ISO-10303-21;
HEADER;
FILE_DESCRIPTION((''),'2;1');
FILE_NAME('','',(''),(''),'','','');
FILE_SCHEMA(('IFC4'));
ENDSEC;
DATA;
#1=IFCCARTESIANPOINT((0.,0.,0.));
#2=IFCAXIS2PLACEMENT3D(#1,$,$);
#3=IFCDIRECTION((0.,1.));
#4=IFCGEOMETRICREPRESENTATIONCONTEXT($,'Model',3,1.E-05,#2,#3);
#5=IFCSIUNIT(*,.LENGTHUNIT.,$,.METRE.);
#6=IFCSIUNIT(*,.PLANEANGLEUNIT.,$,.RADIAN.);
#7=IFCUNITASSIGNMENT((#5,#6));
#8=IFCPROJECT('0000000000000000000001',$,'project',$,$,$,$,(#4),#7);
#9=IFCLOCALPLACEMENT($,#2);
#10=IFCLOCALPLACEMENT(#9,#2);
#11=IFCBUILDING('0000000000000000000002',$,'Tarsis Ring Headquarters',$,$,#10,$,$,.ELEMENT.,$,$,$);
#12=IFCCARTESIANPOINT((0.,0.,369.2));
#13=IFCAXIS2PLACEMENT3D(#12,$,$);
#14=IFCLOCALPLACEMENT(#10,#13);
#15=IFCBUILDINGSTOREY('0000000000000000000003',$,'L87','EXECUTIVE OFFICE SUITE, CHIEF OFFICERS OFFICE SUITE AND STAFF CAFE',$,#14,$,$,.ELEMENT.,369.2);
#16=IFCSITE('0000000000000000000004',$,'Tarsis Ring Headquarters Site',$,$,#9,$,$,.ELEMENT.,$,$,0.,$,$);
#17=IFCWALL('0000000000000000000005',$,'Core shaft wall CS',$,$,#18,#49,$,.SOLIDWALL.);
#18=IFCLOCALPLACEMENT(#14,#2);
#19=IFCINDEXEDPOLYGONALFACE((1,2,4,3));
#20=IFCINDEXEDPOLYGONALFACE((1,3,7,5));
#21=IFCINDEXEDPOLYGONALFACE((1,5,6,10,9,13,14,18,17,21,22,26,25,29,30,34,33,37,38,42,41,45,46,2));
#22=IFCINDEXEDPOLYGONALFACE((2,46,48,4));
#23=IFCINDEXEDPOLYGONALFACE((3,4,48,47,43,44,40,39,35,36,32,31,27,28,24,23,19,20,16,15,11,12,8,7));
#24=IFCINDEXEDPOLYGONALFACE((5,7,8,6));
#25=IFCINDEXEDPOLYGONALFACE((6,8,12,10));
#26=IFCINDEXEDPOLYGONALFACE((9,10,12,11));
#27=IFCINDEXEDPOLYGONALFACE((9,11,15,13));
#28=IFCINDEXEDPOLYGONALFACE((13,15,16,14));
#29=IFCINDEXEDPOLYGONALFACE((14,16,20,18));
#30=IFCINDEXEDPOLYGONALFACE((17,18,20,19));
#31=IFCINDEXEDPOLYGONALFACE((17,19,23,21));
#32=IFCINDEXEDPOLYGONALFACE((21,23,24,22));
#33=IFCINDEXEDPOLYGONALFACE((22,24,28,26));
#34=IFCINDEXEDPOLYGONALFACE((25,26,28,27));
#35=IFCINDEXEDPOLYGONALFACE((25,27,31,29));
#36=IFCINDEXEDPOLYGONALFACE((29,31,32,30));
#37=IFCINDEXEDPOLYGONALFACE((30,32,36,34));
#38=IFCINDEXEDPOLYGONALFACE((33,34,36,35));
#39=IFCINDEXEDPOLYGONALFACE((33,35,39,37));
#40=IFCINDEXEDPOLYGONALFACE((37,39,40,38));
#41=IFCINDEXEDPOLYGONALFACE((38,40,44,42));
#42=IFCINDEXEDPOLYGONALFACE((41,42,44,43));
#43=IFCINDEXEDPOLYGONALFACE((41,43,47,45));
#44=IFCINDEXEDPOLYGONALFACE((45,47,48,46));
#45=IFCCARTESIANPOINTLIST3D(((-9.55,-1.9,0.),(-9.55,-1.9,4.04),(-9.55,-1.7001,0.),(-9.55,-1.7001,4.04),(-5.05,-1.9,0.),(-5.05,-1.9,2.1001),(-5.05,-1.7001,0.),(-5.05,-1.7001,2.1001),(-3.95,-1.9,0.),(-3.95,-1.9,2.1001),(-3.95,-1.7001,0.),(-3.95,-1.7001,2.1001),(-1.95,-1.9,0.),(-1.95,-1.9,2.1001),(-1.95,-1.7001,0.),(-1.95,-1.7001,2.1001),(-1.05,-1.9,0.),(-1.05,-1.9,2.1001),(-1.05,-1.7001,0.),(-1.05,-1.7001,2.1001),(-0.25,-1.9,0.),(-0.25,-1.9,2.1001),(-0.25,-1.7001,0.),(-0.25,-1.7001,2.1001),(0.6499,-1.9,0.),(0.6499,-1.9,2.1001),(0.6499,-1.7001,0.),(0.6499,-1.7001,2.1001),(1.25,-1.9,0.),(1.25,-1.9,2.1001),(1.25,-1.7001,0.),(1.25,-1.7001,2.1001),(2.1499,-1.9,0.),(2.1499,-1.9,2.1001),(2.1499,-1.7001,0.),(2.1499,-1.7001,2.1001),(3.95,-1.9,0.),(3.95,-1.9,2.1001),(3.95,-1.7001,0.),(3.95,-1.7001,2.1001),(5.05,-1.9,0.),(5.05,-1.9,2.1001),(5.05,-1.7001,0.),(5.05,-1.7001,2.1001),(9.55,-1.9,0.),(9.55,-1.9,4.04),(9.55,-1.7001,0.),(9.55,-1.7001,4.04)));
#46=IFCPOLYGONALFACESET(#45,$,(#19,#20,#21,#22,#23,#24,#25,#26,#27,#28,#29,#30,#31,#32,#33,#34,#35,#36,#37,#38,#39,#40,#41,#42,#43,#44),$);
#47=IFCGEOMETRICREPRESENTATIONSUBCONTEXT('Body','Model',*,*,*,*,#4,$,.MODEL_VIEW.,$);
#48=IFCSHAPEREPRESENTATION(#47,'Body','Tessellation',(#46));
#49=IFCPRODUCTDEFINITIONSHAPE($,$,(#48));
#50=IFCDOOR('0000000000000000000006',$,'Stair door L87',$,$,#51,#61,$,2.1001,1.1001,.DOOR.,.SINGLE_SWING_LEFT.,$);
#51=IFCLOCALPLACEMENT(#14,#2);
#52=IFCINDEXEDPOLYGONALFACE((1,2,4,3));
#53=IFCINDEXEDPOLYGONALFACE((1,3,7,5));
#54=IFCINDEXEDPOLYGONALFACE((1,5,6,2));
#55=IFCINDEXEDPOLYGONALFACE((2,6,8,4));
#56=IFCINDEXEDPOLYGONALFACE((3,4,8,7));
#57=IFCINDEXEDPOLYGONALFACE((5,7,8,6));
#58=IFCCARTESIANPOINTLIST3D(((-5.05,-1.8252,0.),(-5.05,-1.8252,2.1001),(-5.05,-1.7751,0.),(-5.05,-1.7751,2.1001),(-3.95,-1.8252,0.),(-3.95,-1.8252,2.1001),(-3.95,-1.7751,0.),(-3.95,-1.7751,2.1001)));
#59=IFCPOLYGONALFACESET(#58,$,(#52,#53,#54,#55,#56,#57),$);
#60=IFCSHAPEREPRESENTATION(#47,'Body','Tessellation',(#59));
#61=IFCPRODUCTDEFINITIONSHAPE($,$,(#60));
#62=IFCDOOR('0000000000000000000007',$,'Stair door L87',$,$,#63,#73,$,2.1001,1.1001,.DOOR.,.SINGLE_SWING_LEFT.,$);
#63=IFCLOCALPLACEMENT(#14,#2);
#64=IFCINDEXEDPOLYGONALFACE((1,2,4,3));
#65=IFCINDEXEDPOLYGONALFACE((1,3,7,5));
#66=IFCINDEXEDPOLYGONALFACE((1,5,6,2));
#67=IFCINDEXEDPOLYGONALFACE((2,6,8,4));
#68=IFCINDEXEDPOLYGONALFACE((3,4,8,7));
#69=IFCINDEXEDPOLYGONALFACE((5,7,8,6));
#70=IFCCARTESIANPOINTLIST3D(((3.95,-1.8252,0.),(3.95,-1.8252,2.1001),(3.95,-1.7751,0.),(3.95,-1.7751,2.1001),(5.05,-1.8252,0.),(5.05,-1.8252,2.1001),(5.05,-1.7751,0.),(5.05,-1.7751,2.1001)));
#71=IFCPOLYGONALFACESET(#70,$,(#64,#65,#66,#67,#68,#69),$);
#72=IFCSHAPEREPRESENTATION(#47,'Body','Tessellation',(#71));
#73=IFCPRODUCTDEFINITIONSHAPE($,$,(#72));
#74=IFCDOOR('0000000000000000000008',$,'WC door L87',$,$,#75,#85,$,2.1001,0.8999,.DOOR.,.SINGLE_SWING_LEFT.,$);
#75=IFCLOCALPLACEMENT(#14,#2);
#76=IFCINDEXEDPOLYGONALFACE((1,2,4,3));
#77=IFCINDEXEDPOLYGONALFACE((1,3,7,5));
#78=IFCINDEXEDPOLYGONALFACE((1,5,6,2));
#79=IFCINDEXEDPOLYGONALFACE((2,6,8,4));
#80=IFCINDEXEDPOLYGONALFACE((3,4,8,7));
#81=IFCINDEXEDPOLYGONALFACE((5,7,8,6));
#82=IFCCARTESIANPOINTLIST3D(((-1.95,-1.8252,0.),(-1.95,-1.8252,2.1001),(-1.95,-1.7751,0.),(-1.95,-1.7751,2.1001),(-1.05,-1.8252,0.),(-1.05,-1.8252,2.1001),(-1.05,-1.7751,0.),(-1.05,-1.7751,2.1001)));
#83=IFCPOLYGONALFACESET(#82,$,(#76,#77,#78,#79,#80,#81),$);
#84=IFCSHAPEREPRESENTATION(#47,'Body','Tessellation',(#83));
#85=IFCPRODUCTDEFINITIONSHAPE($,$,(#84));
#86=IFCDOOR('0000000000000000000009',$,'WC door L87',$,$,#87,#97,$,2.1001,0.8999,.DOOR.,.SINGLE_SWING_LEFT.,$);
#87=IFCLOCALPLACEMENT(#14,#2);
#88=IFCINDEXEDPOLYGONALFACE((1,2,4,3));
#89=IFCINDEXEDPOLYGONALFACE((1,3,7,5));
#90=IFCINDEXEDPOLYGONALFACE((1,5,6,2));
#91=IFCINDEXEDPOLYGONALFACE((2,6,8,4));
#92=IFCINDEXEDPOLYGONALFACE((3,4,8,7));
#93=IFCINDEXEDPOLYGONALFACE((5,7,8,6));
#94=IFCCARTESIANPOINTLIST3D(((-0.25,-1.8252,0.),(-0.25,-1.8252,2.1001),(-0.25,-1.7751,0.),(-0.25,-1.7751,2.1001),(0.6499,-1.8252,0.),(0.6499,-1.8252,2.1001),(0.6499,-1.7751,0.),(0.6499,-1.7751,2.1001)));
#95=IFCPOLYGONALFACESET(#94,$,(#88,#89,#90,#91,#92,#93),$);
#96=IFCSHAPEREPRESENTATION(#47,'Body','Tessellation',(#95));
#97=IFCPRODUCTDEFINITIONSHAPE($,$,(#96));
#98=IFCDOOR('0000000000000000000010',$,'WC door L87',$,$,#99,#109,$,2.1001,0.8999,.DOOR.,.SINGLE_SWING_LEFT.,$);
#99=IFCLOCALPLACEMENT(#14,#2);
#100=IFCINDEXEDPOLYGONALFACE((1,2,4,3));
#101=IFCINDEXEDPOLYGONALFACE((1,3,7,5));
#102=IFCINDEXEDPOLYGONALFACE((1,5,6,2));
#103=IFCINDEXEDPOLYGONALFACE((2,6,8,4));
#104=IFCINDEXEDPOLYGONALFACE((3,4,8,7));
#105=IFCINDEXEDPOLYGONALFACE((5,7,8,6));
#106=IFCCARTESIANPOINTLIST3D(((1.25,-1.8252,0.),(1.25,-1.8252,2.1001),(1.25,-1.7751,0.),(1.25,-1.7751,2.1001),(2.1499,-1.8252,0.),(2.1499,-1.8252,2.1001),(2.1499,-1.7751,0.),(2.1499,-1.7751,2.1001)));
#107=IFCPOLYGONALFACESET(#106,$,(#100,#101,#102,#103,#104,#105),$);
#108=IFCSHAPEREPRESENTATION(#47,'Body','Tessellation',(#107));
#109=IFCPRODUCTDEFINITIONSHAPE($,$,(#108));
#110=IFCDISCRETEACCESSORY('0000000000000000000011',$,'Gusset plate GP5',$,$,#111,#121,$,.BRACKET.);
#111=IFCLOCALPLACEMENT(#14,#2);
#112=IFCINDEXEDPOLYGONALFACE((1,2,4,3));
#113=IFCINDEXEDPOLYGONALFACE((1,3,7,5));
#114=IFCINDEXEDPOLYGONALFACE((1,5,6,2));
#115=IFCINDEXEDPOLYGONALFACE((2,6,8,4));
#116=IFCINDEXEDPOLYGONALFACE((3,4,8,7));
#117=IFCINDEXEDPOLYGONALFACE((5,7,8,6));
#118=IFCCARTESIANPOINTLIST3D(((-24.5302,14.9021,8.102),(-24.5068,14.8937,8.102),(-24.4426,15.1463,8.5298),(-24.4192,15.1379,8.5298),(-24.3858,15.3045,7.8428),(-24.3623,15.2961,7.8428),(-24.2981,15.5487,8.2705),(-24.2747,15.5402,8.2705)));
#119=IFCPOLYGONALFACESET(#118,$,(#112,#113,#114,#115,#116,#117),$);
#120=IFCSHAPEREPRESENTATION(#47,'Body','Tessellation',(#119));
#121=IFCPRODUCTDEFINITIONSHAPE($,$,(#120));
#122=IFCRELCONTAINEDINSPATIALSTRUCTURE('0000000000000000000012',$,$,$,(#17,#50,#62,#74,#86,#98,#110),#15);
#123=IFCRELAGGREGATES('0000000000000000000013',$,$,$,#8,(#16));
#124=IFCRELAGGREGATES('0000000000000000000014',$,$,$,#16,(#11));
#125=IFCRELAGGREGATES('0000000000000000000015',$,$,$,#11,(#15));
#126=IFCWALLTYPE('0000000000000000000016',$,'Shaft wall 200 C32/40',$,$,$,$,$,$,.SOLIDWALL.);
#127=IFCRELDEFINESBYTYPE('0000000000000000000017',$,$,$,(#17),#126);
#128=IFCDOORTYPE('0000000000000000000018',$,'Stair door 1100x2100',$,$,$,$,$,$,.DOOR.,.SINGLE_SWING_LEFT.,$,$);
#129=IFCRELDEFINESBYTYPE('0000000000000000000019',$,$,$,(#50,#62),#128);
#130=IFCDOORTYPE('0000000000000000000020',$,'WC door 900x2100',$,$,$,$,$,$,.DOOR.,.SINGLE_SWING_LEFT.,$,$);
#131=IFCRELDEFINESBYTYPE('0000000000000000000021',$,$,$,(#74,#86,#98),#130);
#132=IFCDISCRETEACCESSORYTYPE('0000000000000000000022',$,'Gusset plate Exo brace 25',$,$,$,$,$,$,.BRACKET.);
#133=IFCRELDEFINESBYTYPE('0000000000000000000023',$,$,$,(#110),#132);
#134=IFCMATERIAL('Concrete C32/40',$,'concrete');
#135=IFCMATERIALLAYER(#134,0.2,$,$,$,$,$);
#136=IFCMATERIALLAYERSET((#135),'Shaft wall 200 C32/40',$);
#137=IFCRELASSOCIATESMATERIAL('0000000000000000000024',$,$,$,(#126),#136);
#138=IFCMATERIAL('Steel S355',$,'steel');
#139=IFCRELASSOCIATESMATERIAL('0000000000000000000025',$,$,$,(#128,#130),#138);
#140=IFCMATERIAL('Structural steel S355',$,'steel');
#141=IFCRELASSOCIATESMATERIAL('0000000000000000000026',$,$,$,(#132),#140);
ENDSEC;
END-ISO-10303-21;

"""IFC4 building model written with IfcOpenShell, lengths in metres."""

from ifc_helpers import new_model, si_unit, direction, frame, frame_2d, origin, origin_2d, place, context, subcontext, project, spatial, rectangle, extrude, material, layer, layer_set, material_profile, profile_set, type_object, element, fill, save


model = new_model("IFC4")

# Units and contexts
model_context = context("Model", 3, precision=1e-05, world=origin(), true_north=direction((0.0, 1.0)))
body_context = subcontext(model_context, "Body", "Model", "MODEL_VIEW")
ifc_project = project(units=[si_unit("LENGTHUNIT", "METRE"), si_unit("PLANEANGLEUNIT", "RADIAN")], contexts=[model_context])

# Site, building, storey
site_placement = place(None, origin())
site = spatial("IfcSite", under=ifc_project, at=site_placement, Name="Tarsis Ring Headquarters Site", CompositionType="ELEMENT", RefElevation=0.0)
building_placement = place(site_placement, origin())
building = spatial("IfcBuilding", under=site, at=building_placement, Name="Tarsis Ring Headquarters", CompositionType="ELEMENT")
storey_placement = place(building_placement, frame((0.0, 0.0, 369.2)))
storey = spatial("IfcBuildingStorey", under=building, at=storey_placement, Name="L87", Description="EXECUTIVE OFFICE SUITE, CHIEF OFFICERS OFFICE SUITE AND STAFF CAFE", CompositionType="ELEMENT", Elevation=369.2)

# Shared definitions
ifc_material_1 = material(Name="Structural steel S355", Category="steel")

# Wall, openings, doors
ifc_material_2 = material(Name="Concrete C32/40", Category="concrete")
ifc_layer_1 = layer(ifc_material_2, 0.2)
ifc_layer_set_1 = layer_set([ifc_layer_1], Name="Shaft wall 200 C32/40")
wall_type_1 = type_object("IfcWallType", Name="Shaft wall 200 C32/40", PredefinedType="SOLIDWALL", material=ifc_layer_set_1)
wall_1_placement = place(storey_placement, frame((-9.55, -1.8, 0.0), z_axis=(0.0, 0.0, 1.0), x_axis=(1.0, 0.0, 0.0)))
wall_1 = element("IfcWall", 1, at=wall_1_placement, inside=storey, type_object=wall_type_1, Name="Core shaft wall CS", PredefinedType="SOLIDWALL", context=body_context, shape_type="SweptSolid", body=[
    extrude(rectangle(XDim=19.1001, YDim=0.2, at=frame_2d((9.55, 0.0))), origin(), (0.0, 0.0, 1.0), 4.04),
])
opening_1_placement = place(wall_1_placement, frame((4.5, 0.0, 0.0)))
opening_1 = element("IfcOpeningElement", 2, at=opening_1_placement, cuts=wall_1, PredefinedType="OPENING", context=body_context, shape_type="SweptSolid", body=[
    extrude(rectangle(XDim=1.1001, YDim=2.1001, at=frame_2d((0.55, 1.05))), frame((0.0, 0.1099, 0.0), z_axis=(0.0, -1.0, 0.0), x_axis=(1.0, 0.0, 0.0)), (0.0, 0.0, 1.0), 0.22),
])
opening_2_placement = place(wall_1_placement, frame((7.6001, 0.0, 0.0)))
opening_2 = element("IfcOpeningElement", 3, at=opening_2_placement, cuts=wall_1, PredefinedType="OPENING", context=body_context, shape_type="SweptSolid", body=[
    extrude(rectangle(XDim=0.8999, YDim=2.1001, at=frame_2d((0.45, 1.05))), frame((0.0, 0.1099, 0.0), z_axis=(0.0, -1.0, 0.0), x_axis=(1.0, 0.0, 0.0)), (0.0, 0.0, 1.0), 0.22),
])
opening_3_placement = place(wall_1_placement, frame((9.3, 0.0, 0.0)))
opening_3 = element("IfcOpeningElement", 4, at=opening_3_placement, cuts=wall_1, PredefinedType="OPENING", context=body_context, shape_type="SweptSolid", body=[
    extrude(rectangle(XDim=0.8999, YDim=2.1001, at=frame_2d((0.45, 1.05))), frame((0.0, 0.1099, 0.0), z_axis=(0.0, -1.0, 0.0), x_axis=(1.0, 0.0, 0.0)), (0.0, 0.0, 1.0), 0.22),
])
opening_4_placement = place(wall_1_placement, frame((10.8, 0.0, 0.0)))
opening_4 = element("IfcOpeningElement", 5, at=opening_4_placement, cuts=wall_1, PredefinedType="OPENING", context=body_context, shape_type="SweptSolid", body=[
    extrude(rectangle(XDim=0.8999, YDim=2.1001, at=frame_2d((0.45, 1.05))), frame((0.0, 0.1099, 0.0), z_axis=(0.0, -1.0, 0.0), x_axis=(1.0, 0.0, 0.0)), (0.0, 0.0, 1.0), 0.22),
])
opening_5_placement = place(wall_1_placement, frame((13.5, 0.0, 0.0)))
opening_5 = element("IfcOpeningElement", 6, at=opening_5_placement, cuts=wall_1, PredefinedType="OPENING", context=body_context, shape_type="SweptSolid", body=[
    extrude(rectangle(XDim=1.1001, YDim=2.1001, at=frame_2d((0.55, 1.05))), frame((0.0, 0.1099, 0.0), z_axis=(0.0, -1.0, 0.0), x_axis=(1.0, 0.0, 0.0)), (0.0, 0.0, 1.0), 0.22),
])
ifc_material_3 = material(Name="Steel S355", Category="steel")
door_type_1 = type_object("IfcDoorType", Name="Stair door 1100x2100", OperationType="SINGLE_SWING_LEFT", PredefinedType="DOOR", material=ifc_material_3)
door_1_placement = place(opening_1_placement, origin())
door_1 = element("IfcDoor", 7, at=door_1_placement, inside=storey, type_object=door_type_1, Name="Stair door L87", OperationType="SINGLE_SWING_LEFT", OverallHeight=2.1001, OverallWidth=1.1001, PredefinedType="DOOR", context=body_context, shape_type="SweptSolid", body=[
    extrude(rectangle(XDim=1.1001, YDim=2.1001, at=frame_2d((0.55, 1.05))), frame((0.0, 0.0249, 0.0), z_axis=(0.0, -1.0, 0.0), x_axis=(1.0, 0.0, 0.0)), (0.0, 0.0, 1.0), 0.05),
])
fill(opening_1, door_1)
door_2_placement = place(opening_5_placement, origin())
door_2 = element("IfcDoor", 8, at=door_2_placement, inside=storey, type_object=door_type_1, Name="Stair door L87", OperationType="SINGLE_SWING_LEFT", OverallHeight=2.1001, OverallWidth=1.1001, PredefinedType="DOOR", context=body_context, shape_type="SweptSolid", body=[
    extrude(rectangle(XDim=1.1001, YDim=2.1001, at=frame_2d((0.55, 1.05))), frame((0.0, 0.0249, 0.0), z_axis=(0.0, -1.0, 0.0), x_axis=(1.0, 0.0, 0.0)), (0.0, 0.0, 1.0), 0.05),
])
fill(opening_5, door_2)
door_type_2 = type_object("IfcDoorType", Name="WC door 900x2100", OperationType="SINGLE_SWING_LEFT", PredefinedType="DOOR", material=ifc_material_3)
door_3_placement = place(opening_2_placement, origin())
door_3 = element("IfcDoor", 9, at=door_3_placement, inside=storey, type_object=door_type_2, Name="WC door L87", OperationType="SINGLE_SWING_LEFT", OverallHeight=2.1001, OverallWidth=0.8999, PredefinedType="DOOR", context=body_context, shape_type="SweptSolid", body=[
    extrude(rectangle(XDim=0.8999, YDim=2.1001, at=frame_2d((0.45, 1.05))), frame((0.0, 0.0249, 0.0), z_axis=(0.0, -1.0, 0.0), x_axis=(1.0, 0.0, 0.0)), (0.0, 0.0, 1.0), 0.05),
])
fill(opening_2, door_3)
door_4_placement = place(opening_3_placement, origin())
door_4 = element("IfcDoor", 10, at=door_4_placement, inside=storey, type_object=door_type_2, Name="WC door L87", OperationType="SINGLE_SWING_LEFT", OverallHeight=2.1001, OverallWidth=0.8999, PredefinedType="DOOR", context=body_context, shape_type="SweptSolid", body=[
    extrude(rectangle(XDim=0.8999, YDim=2.1001, at=frame_2d((0.45, 1.05))), frame((0.0, 0.0249, 0.0), z_axis=(0.0, -1.0, 0.0), x_axis=(1.0, 0.0, 0.0)), (0.0, 0.0, 1.0), 0.05),
])
fill(opening_3, door_4)
door_5_placement = place(opening_4_placement, origin())
door_5 = element("IfcDoor", 11, at=door_5_placement, inside=storey, type_object=door_type_2, Name="WC door L87", OperationType="SINGLE_SWING_LEFT", OverallHeight=2.1001, OverallWidth=0.8999, PredefinedType="DOOR", context=body_context, shape_type="SweptSolid", body=[
    extrude(rectangle(XDim=0.8999, YDim=2.1001, at=frame_2d((0.45, 1.05))), frame((0.0, 0.0249, 0.0), z_axis=(0.0, -1.0, 0.0), x_axis=(1.0, 0.0, 0.0)), (0.0, 0.0, 1.0), 0.05),
])
fill(opening_4, door_5)

# Discrete accessory
ifc_material_profile_1 = material_profile(ifc_material_1, rectangle(XDim=0.0249, YDim=0.5, at=origin_2d()), Name="PL 25x500")
ifc_profile_set_1 = profile_set([ifc_material_profile_1], Name="Structural steel S355")
discrete_accessory_type = type_object("IfcDiscreteAccessoryType", Name="Gusset plate Exo brace 25", PredefinedType="BRACKET", material=ifc_profile_set_1)
discrete_accessory_placement = place(storey_placement, frame((-24.3586, 15.3433, 8.4001), z_axis=(-0.175208, -0.488044, -0.855053), x_axis=(0.941187, -0.337886, 0.0)))
element("IfcDiscreteAccessory", 12, at=discrete_accessory_placement, inside=storey, type_object=discrete_accessory_type, Name="Gusset plate GP5", PredefinedType="BRACKET", context=body_context, shape_type="SweptSolid", body=[
    extrude(rectangle(XDim=0.0249, YDim=0.5, at=origin_2d()), origin(), (0.0, 0.0, 1.0), 0.5002),
])

save(model, "model.ifc")
